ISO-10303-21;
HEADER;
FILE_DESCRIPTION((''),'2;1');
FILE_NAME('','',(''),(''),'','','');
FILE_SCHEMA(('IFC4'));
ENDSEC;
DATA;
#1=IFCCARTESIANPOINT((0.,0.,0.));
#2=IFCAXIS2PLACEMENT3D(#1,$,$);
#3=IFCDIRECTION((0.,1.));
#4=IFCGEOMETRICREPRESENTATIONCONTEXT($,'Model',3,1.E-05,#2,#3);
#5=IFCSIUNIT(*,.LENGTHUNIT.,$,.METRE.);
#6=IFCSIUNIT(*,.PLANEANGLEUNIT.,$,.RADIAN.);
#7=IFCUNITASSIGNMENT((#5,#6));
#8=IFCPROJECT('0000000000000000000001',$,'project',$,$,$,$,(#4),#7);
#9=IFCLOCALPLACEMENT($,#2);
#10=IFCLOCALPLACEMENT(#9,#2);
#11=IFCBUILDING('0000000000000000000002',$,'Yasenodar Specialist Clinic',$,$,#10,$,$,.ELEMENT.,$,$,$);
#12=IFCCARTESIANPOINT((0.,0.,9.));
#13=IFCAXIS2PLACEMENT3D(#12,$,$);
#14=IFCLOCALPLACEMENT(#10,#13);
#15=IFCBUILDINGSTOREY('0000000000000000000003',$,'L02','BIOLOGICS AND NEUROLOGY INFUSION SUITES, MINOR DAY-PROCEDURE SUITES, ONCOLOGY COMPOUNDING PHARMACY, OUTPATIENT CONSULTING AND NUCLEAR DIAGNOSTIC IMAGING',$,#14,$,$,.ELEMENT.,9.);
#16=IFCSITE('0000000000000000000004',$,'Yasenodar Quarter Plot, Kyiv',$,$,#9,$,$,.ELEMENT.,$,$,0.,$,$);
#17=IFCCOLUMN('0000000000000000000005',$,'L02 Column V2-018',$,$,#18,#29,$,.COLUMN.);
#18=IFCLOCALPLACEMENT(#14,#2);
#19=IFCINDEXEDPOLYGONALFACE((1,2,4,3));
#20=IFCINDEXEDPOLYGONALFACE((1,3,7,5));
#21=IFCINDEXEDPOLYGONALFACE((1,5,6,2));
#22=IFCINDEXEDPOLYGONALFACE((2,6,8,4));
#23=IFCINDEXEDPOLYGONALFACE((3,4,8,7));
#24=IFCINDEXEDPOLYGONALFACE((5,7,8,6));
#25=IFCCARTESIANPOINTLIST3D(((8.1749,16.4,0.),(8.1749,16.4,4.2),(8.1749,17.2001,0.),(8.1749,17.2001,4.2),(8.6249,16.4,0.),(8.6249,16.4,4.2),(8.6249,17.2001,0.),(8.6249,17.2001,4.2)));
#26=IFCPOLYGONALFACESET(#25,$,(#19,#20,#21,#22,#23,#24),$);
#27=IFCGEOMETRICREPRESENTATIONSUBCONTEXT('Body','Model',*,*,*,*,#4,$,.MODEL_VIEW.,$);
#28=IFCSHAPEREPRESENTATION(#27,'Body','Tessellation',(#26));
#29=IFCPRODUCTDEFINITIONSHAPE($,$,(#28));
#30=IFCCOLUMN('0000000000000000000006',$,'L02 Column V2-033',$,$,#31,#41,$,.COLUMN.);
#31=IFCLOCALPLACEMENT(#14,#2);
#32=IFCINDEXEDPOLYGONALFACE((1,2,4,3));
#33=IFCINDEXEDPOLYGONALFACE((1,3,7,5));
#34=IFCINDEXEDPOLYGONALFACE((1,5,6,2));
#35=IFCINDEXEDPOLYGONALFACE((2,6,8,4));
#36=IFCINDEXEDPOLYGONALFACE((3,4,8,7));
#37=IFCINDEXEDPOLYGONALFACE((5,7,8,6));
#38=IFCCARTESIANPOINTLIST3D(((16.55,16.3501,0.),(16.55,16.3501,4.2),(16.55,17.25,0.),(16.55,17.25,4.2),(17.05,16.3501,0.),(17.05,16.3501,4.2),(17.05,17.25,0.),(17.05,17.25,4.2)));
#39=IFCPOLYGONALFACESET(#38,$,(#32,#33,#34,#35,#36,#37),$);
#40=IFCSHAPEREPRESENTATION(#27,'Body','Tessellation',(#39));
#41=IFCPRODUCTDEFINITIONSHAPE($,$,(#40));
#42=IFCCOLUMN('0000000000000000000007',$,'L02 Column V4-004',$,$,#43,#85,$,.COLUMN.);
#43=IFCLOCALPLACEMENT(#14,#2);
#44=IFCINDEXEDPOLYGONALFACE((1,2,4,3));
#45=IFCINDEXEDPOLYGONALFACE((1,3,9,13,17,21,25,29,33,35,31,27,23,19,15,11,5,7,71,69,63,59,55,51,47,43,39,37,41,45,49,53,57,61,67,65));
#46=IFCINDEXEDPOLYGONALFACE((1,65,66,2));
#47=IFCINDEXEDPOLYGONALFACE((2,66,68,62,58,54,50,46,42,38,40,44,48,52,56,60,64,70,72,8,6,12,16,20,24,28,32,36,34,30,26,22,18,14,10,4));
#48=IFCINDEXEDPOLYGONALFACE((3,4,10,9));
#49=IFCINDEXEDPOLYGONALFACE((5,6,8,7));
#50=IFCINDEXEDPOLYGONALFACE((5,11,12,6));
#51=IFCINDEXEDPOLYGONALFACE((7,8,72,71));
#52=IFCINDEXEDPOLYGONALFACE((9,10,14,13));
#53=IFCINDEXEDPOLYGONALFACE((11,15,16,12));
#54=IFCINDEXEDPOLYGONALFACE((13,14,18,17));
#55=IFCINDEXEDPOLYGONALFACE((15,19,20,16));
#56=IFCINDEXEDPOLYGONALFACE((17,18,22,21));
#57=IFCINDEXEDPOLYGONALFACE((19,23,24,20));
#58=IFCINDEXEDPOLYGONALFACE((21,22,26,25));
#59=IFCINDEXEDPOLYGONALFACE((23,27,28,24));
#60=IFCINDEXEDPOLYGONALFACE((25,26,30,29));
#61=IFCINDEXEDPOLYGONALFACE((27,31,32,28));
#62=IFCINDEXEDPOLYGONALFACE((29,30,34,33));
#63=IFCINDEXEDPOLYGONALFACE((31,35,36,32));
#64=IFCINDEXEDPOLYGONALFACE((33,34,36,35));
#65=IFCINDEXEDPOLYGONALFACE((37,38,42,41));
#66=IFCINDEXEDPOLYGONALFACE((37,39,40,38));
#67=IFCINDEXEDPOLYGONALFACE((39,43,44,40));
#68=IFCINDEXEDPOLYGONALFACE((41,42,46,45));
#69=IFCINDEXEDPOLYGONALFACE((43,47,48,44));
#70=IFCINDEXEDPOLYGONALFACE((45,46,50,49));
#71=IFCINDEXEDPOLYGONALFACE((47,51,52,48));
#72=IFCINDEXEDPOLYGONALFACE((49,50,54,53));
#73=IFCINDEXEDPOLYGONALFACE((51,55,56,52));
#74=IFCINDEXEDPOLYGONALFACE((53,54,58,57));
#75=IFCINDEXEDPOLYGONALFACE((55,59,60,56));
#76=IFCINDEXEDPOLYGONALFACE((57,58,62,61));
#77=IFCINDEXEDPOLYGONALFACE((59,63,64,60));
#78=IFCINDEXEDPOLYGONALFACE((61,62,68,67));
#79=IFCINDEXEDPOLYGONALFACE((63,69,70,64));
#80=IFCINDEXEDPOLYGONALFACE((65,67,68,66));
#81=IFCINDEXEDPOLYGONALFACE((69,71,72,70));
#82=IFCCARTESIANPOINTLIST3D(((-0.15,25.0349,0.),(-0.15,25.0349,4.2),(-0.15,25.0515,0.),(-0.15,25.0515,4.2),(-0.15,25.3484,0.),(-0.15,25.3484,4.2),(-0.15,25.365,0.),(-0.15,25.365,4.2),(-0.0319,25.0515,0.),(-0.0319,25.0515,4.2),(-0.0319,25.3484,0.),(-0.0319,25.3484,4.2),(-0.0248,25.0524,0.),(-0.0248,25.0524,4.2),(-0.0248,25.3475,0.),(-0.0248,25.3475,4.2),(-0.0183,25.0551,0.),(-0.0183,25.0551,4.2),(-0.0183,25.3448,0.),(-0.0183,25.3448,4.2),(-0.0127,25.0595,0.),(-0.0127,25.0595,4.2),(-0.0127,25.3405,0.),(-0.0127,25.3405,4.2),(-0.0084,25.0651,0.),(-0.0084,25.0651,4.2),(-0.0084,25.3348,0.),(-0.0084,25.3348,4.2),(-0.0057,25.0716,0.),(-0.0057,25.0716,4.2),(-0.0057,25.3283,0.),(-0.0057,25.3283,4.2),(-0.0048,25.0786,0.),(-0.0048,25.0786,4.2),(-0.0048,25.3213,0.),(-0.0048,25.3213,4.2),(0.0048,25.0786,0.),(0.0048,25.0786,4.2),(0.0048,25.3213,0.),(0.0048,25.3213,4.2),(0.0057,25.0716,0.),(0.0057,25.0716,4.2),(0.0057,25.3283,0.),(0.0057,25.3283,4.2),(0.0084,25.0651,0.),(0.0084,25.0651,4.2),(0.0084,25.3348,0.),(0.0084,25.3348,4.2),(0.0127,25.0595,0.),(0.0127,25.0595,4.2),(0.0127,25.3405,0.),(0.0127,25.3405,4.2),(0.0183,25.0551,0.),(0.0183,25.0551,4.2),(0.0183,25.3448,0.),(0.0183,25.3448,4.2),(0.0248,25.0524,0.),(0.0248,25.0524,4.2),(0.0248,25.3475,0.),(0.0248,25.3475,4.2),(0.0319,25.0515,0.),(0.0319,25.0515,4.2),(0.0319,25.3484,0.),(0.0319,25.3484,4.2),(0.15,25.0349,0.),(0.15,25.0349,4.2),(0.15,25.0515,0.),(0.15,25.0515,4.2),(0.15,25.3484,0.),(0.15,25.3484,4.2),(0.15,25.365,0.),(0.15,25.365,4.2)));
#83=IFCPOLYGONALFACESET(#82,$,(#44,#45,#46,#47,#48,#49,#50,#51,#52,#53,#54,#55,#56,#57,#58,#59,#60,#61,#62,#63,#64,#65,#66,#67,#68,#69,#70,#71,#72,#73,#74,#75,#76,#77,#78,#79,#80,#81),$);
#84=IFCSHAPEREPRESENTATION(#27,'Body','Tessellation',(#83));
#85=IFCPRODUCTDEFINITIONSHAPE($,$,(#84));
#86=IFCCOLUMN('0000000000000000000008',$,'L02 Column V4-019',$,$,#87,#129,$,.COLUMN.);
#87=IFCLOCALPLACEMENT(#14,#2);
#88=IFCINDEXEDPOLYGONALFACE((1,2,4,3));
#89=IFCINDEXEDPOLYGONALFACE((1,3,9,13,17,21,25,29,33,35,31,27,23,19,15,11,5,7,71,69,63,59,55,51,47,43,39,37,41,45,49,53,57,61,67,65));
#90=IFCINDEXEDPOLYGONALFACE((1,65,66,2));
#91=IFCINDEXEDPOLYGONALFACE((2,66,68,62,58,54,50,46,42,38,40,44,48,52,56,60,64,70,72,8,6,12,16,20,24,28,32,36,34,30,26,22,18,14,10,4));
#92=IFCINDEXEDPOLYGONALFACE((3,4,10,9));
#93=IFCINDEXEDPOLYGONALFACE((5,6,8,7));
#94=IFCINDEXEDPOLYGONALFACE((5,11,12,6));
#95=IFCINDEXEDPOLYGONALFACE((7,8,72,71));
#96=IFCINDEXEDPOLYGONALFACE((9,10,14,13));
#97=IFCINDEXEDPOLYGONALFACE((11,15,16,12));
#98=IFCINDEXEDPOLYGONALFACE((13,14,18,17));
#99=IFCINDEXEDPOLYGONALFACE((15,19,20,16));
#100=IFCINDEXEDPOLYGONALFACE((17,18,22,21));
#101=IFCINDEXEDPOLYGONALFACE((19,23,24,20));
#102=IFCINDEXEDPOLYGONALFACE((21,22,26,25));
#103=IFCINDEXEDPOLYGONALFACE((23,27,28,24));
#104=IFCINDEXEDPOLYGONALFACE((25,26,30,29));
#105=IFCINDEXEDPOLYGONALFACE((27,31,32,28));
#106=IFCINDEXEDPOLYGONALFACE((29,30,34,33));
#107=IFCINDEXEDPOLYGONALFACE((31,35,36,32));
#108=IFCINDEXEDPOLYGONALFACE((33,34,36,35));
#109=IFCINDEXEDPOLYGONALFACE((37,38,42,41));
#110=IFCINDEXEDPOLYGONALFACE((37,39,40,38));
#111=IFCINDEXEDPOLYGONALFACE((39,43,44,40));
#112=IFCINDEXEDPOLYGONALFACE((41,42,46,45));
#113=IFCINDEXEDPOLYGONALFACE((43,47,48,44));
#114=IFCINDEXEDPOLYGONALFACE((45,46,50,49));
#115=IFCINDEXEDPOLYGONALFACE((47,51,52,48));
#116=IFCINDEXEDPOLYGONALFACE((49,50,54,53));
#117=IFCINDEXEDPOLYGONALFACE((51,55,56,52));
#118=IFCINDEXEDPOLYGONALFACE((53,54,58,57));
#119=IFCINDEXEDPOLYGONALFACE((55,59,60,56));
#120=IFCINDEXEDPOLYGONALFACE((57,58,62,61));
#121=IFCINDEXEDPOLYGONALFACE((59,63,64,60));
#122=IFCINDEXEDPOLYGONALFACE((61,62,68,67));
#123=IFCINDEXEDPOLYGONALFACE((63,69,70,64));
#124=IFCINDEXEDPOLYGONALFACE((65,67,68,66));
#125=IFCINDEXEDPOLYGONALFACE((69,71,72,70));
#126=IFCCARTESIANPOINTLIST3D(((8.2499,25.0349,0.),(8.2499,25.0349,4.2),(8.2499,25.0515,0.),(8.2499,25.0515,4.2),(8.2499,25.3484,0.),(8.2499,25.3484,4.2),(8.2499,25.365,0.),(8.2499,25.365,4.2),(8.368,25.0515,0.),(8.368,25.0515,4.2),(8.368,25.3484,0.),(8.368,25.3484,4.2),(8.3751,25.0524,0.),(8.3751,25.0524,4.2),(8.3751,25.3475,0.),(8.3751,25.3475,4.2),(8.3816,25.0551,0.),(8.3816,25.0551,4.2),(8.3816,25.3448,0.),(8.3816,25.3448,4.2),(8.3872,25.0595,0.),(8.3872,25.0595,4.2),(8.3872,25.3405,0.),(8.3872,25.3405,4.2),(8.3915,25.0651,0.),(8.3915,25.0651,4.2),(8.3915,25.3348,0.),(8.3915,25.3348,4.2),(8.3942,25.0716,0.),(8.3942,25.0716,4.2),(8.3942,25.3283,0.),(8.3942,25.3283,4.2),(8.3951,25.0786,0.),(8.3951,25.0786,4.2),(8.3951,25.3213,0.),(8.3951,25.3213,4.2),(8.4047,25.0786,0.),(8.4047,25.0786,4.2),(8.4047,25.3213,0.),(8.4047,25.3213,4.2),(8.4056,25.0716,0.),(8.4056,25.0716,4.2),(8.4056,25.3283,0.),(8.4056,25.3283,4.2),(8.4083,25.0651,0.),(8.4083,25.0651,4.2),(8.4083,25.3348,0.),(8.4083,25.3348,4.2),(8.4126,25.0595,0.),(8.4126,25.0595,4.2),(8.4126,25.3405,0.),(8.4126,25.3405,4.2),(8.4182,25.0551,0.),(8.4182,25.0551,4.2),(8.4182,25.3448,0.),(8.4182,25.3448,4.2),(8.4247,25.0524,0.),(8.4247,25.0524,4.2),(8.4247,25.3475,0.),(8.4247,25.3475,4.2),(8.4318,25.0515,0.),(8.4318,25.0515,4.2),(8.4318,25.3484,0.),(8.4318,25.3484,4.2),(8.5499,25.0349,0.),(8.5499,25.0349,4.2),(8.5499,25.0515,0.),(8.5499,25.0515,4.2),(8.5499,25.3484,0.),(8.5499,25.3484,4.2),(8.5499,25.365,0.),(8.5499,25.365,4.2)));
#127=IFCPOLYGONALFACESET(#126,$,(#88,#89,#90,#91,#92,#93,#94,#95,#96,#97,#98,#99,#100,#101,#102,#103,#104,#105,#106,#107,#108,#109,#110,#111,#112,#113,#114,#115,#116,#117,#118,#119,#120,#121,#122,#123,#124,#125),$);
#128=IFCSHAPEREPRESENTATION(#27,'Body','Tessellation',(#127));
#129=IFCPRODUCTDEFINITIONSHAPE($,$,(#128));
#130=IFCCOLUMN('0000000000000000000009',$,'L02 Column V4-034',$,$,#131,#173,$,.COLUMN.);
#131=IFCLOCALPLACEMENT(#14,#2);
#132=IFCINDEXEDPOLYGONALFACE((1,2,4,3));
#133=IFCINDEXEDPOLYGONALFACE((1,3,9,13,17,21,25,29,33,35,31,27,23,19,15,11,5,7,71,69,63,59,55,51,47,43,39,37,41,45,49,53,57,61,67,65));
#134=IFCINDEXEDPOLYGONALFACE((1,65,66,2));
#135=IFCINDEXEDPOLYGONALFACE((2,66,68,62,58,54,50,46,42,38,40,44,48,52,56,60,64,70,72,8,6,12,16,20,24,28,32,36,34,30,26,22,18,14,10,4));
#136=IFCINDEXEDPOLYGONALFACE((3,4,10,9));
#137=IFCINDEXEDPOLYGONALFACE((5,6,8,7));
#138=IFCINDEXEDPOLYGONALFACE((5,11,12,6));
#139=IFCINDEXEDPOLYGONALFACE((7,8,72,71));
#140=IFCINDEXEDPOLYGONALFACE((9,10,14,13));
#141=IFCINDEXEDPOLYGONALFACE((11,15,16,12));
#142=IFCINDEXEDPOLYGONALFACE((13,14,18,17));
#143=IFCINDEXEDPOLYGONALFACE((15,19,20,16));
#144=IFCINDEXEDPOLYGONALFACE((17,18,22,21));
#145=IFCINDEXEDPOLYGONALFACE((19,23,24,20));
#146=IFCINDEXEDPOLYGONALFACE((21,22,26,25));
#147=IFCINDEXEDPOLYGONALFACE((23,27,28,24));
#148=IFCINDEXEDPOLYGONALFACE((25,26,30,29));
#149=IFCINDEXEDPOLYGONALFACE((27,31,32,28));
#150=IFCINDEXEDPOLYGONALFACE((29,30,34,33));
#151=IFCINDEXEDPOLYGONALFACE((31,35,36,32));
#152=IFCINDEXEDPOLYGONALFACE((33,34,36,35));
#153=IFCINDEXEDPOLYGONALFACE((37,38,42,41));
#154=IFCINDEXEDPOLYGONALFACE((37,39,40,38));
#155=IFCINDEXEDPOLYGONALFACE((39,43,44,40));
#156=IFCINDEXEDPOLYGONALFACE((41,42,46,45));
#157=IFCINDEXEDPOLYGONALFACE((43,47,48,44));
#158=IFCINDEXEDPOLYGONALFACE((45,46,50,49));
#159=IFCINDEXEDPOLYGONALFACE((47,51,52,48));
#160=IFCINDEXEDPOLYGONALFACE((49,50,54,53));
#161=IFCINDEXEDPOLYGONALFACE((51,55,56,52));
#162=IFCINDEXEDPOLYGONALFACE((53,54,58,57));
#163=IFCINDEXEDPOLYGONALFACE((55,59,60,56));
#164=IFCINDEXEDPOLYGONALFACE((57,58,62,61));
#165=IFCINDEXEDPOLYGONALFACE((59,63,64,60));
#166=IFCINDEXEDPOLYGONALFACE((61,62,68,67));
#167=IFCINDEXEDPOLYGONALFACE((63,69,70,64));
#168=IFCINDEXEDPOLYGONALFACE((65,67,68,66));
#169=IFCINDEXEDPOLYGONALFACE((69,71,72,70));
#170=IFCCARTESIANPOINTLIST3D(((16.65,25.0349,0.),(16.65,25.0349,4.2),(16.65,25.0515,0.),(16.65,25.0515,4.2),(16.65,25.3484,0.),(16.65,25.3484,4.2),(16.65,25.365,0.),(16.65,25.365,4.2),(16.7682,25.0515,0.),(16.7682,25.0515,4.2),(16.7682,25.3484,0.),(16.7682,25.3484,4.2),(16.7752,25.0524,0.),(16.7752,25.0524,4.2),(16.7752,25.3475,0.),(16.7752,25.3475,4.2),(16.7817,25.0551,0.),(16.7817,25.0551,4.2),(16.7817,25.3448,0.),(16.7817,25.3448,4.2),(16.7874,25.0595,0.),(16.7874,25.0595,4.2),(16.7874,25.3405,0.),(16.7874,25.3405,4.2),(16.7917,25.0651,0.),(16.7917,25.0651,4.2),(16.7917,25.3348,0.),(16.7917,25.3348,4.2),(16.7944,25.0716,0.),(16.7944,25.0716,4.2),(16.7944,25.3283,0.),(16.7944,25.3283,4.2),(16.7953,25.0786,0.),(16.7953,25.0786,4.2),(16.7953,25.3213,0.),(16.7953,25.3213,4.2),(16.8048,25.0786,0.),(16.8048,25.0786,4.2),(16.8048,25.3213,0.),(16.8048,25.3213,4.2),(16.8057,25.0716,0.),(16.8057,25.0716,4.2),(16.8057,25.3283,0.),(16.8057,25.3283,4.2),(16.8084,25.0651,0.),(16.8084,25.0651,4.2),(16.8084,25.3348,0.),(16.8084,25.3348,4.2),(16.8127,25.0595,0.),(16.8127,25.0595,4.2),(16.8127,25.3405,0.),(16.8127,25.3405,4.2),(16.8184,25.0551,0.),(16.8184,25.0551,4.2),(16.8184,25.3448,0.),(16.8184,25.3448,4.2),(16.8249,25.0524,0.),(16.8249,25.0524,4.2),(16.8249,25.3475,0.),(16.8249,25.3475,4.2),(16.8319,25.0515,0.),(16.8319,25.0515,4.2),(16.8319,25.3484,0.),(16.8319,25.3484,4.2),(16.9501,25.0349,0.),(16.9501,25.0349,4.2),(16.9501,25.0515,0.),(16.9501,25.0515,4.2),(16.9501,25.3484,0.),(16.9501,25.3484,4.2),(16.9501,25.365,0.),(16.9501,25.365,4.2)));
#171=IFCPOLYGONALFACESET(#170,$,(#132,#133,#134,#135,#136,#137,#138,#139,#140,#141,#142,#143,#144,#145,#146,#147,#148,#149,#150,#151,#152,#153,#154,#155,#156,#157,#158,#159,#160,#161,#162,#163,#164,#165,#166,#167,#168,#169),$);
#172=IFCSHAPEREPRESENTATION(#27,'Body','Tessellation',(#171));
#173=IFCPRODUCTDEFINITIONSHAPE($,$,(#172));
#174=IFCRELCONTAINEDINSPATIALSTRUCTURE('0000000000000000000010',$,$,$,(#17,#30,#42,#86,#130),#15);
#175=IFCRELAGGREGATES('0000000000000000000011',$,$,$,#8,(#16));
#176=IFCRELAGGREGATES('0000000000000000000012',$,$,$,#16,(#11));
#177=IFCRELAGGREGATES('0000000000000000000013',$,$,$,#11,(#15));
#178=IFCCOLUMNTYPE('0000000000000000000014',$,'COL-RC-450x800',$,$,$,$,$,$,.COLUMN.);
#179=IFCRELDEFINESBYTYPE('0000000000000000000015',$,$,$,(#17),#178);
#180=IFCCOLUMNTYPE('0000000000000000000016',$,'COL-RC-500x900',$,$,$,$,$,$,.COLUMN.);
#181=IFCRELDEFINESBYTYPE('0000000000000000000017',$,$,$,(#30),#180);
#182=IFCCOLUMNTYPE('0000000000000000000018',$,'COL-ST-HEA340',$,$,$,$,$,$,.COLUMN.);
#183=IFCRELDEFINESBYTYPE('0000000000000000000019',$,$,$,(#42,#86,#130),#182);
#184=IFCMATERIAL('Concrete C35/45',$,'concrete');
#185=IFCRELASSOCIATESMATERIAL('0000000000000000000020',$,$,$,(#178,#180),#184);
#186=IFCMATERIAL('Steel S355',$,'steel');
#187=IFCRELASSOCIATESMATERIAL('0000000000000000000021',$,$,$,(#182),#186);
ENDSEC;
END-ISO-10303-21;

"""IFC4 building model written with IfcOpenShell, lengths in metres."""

from ifc_helpers import new_model, si_unit, direction, frame, origin, origin_2d, place, context, subcontext, project, spatial, rectangle, i_section, extrude, material, material_profile, profile_set, type_object, element, save


model = new_model("IFC4")

# Units and contexts
model_context = context("Model", 3, precision=1e-05, world=origin(), true_north=direction((0.0, 1.0)))
body_context = subcontext(model_context, "Body", "Model", "MODEL_VIEW")
ifc_project = project(units=[si_unit("LENGTHUNIT", "METRE"), si_unit("PLANEANGLEUNIT", "RADIAN")], contexts=[model_context])

# Site, building, storey
site_placement = place(None, origin())
site = spatial("IfcSite", under=ifc_project, at=site_placement, Name="Yasenodar Quarter Plot, Kyiv", CompositionType="ELEMENT", RefElevation=0.0)
building_placement = place(site_placement, origin())
building = spatial("IfcBuilding", under=site, at=building_placement, Name="Yasenodar Specialist Clinic", CompositionType="ELEMENT")
storey_placement = place(building_placement, frame((0.0, 0.0, 9.0)))
storey = spatial("IfcBuildingStorey", under=building, at=storey_placement, Name="L02", Description="BIOLOGICS AND NEUROLOGY INFUSION SUITES, MINOR DAY-PROCEDURE SUITES, ONCOLOGY COMPOUNDING PHARMACY, OUTPATIENT CONSULTING AND NUCLEAR DIAGNOSTIC IMAGING", CompositionType="ELEMENT", Elevation=9.0)

# Columns
ifc_material_1 = material(Name="Concrete C35/45", Category="concrete")
ifc_material_profile_1 = material_profile(ifc_material_1, rectangle(XDim=0.45, YDim=0.8, at=origin_2d()), Name="RC 450x800")
ifc_profile_set_1 = profile_set([ifc_material_profile_1], Name="Concrete C35/45")
column_type_1 = type_object("IfcColumnType", Name="COL-RC-450x800", PredefinedType="COLUMN", material=ifc_profile_set_1)
column_1_placement = place(storey_placement, frame((8.3999, 16.8, 0.0), z_axis=(0.0, 0.0, 1.0), x_axis=(1.0, 0.0, 0.0)))
element("IfcColumn", 1, at=column_1_placement, inside=storey, type_object=column_type_1, Name="L02 Column V2-018", PredefinedType="COLUMN", context=body_context, shape_type="SweptSolid", body=[
    extrude(rectangle(XDim=0.45, YDim=0.8, at=origin_2d()), origin(), (0.0, 0.0, 1.0), 4.2),
])
ifc_material_profile_2 = material_profile(ifc_material_1, rectangle(XDim=0.5, YDim=0.8999, at=origin_2d()), Name="RC 500x900")
ifc_profile_set_2 = profile_set([ifc_material_profile_2], Name="Concrete C35/45")
column_type_2 = type_object("IfcColumnType", Name="COL-RC-500x900", PredefinedType="COLUMN", material=ifc_profile_set_2)
column_2_placement = place(storey_placement, frame((16.8, 16.8, 0.0), z_axis=(0.0, 0.0, 1.0), x_axis=(1.0, 0.0, 0.0)))
element("IfcColumn", 2, at=column_2_placement, inside=storey, type_object=column_type_2, Name="L02 Column V2-033", PredefinedType="COLUMN", context=body_context, shape_type="SweptSolid", body=[
    extrude(rectangle(XDim=0.5, YDim=0.8999, at=origin_2d()), origin(), (0.0, 0.0, 1.0), 4.2),
])
ifc_material_2 = material(Name="Steel S355", Category="steel")
ifc_material_profile_3 = material_profile(ifc_material_2, i_section(OverallWidth=0.3, OverallDepth=0.3301, WebThickness=0.0095, FlangeThickness=0.0166, FilletRadius=0.0271, at=origin_2d()), Name="HEA 340")
ifc_profile_set_3 = profile_set([ifc_material_profile_3], Name="Steel S355")
column_type_3 = type_object("IfcColumnType", Name="COL-ST-HEA340", PredefinedType="COLUMN", material=ifc_profile_set_3)
for number, where, z_axis, x_axis, name in (
    (3, (0.0, 25.2, 0.0), (0.0, 0.0, 1.0), (1.0, 0.0, 0.0), "L02 Column V4-004"),
    (4, (8.3999, 25.2, 0.0), (0.0, 0.0, 1.0), (1.0, 0.0, 0.0), "L02 Column V4-019"),
    (5, (16.8, 25.2, 0.0), (0.0, 0.0, 1.0), (1.0, 0.0, 0.0), "L02 Column V4-034"),
):
    element("IfcColumn", number, at=place(storey_placement, frame(where, z_axis=z_axis, x_axis=x_axis)), inside=storey, type_object=column_type_3, Name=name, PredefinedType="COLUMN", context=body_context, shape_type="SweptSolid", body=[
        extrude(i_section(OverallWidth=0.3, OverallDepth=0.3301, WebThickness=0.0095, FlangeThickness=0.0166, FilletRadius=0.0271, at=origin_2d()), origin(), (0.0, 0.0, 1.0), 4.2),
    ])

save(model, "model.ifc")
